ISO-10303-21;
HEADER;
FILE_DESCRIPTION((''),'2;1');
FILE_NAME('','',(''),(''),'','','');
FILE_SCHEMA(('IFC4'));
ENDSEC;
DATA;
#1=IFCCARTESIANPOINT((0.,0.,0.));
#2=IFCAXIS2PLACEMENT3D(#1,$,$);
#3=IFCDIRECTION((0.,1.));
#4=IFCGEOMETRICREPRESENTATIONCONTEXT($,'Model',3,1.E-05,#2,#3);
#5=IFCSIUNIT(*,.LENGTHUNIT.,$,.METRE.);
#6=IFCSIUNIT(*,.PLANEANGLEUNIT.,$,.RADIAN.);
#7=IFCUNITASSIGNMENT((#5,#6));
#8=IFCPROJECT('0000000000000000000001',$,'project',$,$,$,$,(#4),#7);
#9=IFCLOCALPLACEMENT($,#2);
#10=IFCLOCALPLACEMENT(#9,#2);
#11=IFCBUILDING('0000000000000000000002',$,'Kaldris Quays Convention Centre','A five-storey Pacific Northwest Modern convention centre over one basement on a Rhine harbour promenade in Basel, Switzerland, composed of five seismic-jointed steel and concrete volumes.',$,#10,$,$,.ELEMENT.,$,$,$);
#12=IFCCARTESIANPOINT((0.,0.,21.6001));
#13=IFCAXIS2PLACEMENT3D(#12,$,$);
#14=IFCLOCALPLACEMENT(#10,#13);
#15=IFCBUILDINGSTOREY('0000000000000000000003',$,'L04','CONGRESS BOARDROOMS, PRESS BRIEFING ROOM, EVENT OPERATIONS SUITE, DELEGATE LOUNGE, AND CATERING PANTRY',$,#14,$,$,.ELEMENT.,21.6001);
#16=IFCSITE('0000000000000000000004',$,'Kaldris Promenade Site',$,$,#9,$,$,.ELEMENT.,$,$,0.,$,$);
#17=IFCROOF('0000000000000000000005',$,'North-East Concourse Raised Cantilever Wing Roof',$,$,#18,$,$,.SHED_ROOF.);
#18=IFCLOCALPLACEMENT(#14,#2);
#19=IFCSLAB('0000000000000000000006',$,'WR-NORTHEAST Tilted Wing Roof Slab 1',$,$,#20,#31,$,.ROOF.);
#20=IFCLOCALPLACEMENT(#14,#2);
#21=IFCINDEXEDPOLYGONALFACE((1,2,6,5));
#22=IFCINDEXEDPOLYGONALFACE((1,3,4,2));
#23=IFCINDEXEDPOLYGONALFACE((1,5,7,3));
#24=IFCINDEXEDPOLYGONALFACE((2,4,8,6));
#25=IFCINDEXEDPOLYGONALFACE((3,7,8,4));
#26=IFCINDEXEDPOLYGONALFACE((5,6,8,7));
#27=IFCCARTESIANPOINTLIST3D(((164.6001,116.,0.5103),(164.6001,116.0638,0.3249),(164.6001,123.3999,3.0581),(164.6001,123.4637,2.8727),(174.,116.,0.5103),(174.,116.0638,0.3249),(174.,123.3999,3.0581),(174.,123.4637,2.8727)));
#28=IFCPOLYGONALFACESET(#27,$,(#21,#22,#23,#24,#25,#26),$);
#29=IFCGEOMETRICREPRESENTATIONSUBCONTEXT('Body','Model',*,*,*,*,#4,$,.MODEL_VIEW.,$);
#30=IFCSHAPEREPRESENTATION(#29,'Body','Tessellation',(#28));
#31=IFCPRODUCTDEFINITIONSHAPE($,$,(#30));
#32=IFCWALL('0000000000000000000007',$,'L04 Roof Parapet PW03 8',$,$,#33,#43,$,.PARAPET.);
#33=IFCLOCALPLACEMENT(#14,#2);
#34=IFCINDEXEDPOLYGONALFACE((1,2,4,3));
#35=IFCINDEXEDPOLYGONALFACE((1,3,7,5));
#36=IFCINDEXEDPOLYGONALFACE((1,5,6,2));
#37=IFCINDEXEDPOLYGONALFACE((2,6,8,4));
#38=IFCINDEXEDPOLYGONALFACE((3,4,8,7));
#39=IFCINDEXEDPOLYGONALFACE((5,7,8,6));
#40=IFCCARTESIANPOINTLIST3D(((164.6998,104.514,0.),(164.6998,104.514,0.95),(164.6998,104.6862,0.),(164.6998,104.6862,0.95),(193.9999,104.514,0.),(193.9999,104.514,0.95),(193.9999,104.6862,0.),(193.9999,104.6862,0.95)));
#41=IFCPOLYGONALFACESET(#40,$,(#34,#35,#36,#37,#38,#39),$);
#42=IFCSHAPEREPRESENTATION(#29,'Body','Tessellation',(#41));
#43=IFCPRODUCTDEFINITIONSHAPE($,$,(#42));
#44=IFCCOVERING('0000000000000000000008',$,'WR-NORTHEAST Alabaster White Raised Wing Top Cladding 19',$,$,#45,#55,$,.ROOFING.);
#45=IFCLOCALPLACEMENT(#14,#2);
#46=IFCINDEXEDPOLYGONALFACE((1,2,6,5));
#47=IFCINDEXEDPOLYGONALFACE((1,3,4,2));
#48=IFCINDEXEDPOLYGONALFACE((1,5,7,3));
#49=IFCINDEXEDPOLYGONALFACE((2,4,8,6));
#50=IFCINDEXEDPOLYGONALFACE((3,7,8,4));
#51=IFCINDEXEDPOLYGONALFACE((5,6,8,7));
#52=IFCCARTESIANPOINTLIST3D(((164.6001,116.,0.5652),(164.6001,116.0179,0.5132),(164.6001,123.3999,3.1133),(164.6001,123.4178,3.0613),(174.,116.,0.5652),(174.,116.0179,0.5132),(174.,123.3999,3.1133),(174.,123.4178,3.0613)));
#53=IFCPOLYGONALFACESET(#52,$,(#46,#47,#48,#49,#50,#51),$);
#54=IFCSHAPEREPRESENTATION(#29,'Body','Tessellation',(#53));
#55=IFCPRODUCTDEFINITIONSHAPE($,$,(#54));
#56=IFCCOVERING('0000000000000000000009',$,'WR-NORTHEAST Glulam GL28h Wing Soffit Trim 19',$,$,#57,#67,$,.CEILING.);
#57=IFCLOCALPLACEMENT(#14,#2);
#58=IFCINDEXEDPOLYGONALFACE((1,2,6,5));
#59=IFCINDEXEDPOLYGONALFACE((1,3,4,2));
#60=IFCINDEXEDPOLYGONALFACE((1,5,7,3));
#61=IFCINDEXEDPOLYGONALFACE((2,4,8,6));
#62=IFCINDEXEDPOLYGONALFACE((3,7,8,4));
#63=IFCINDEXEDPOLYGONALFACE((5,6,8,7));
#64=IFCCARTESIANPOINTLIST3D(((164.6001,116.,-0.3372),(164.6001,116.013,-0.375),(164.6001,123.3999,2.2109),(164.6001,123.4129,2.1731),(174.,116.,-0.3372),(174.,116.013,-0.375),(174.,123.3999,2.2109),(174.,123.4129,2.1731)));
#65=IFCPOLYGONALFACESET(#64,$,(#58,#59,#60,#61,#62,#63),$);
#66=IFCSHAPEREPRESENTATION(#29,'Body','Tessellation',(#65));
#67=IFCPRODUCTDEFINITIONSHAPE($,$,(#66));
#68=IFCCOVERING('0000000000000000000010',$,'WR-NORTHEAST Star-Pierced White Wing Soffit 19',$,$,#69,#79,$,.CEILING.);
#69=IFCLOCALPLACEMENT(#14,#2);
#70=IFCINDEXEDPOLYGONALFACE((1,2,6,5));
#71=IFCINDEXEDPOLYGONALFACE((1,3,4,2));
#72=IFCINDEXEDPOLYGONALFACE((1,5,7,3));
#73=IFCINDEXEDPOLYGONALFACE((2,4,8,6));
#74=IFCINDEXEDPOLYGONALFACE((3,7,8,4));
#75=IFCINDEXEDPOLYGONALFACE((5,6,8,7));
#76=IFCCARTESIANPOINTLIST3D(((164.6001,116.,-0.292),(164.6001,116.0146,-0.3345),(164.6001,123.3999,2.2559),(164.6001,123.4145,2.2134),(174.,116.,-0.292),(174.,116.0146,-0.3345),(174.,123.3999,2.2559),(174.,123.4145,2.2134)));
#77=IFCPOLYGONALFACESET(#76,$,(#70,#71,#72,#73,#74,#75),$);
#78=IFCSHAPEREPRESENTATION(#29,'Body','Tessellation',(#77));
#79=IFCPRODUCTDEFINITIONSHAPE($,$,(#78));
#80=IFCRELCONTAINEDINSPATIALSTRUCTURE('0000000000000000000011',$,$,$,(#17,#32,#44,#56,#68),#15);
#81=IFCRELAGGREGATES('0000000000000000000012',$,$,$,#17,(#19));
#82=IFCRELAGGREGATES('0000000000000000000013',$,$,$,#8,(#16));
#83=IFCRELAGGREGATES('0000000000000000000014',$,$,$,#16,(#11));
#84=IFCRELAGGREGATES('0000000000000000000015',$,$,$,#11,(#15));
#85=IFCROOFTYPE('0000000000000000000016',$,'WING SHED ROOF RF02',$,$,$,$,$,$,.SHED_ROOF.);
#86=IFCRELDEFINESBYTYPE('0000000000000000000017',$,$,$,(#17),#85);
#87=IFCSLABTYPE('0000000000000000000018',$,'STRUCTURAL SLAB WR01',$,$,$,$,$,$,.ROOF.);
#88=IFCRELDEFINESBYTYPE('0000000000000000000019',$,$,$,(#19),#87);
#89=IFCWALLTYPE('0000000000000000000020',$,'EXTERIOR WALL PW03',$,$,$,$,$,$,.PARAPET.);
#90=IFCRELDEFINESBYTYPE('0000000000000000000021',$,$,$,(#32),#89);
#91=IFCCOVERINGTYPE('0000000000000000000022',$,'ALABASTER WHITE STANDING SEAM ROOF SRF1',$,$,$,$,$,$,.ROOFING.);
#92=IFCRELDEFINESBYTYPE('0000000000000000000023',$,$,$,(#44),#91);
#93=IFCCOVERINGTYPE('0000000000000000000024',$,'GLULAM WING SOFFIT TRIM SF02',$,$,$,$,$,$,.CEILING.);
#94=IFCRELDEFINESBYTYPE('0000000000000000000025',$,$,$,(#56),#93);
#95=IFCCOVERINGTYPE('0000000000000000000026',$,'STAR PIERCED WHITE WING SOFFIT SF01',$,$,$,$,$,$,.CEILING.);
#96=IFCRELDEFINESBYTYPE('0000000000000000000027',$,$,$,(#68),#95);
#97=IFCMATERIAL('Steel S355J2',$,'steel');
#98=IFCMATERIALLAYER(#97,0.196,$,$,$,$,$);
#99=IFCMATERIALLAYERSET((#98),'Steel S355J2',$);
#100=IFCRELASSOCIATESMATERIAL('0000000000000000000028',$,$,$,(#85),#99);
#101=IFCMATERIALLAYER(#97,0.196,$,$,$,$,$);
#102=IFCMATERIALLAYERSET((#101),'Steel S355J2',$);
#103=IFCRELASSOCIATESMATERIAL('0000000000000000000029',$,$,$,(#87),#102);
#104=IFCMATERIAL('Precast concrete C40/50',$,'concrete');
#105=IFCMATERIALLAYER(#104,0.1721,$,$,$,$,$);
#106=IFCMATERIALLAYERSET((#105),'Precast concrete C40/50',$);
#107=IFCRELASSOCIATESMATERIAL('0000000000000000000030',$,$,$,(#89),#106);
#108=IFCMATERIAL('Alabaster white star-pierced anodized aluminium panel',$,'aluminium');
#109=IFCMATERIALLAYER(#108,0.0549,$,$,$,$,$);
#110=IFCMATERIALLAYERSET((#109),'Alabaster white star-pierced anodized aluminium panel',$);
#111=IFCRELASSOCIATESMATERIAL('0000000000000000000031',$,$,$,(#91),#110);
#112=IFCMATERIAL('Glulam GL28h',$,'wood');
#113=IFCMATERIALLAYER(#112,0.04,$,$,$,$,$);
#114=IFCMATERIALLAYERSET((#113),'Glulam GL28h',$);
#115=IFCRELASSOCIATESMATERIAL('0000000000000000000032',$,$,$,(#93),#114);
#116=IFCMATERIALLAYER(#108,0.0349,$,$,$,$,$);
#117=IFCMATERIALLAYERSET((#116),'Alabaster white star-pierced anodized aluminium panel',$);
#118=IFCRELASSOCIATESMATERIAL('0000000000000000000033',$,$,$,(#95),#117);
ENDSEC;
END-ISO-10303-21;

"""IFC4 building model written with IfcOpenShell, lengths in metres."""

from ifc_helpers import new_model, si_unit, direction, frame, frame_2d, origin, place, context, subcontext, project, spatial, polyline, rectangle, outline, extrude, material, layer, layer_set, type_object, element, aggregate, save


model = new_model("IFC4")

# Units and contexts
model_context = context("Model", 3, precision=1e-05, world=origin(), true_north=direction((0.0, 1.0)))
body_context = subcontext(model_context, "Body", "Model", "MODEL_VIEW")
ifc_project = project(units=[si_unit("LENGTHUNIT", "METRE"), si_unit("PLANEANGLEUNIT", "RADIAN")], contexts=[model_context])

# Site, building, storey
site_placement = place(None, origin())
site = spatial("IfcSite", under=ifc_project, at=site_placement, Name="Kaldris Promenade Site", CompositionType="ELEMENT", RefElevation=0.0)
building_placement = place(site_placement, origin())
building = spatial("IfcBuilding", under=site, at=building_placement, Name="Kaldris Quays Convention Centre", Description="A five-storey Pacific Northwest Modern convention centre over one basement on a Rhine harbour promenade in Basel, Switzerland, composed of five seismic-jointed steel and concrete volumes.", CompositionType="ELEMENT")
storey_placement = place(building_placement, frame((0.0, 0.0, 21.6001)))
storey = spatial("IfcBuildingStorey", under=building, at=storey_placement, Name="L04", Description="CONGRESS BOARDROOMS, PRESS BRIEFING ROOM, EVENT OPERATIONS SUITE, DELEGATE LOUNGE, AND CATERING PANTRY", CompositionType="ELEMENT", Elevation=21.6001)

# Shared definitions
ifc_material_1 = material(Name="Steel S355J2", Category="steel")

# Shared definitions
ifc_material_2 = material(Name="Glulam GL28h", Category="wood")

# Roof, slab
ifc_layer_1 = layer(ifc_material_1, 0.196)
ifc_layer_set_1 = layer_set([ifc_layer_1], Name="Steel S355J2")
roof_type = type_object("IfcRoofType", Name="WING SHED ROOF RF02", PredefinedType="SHED_ROOF", material=ifc_layer_set_1)
roof_placement = place(storey_placement, origin())
roof = element("IfcRoof", 1, at=roof_placement, inside=storey, type_object=roof_type, Name="North-East Concourse Raised Cantilever Wing Roof", PredefinedType="SHED_ROOF")
ifc_layer_2 = layer(ifc_material_1, 0.196)
ifc_layer_set_2 = layer_set([ifc_layer_2], Name="Steel S355J2")
slab_type = type_object("IfcSlabType", Name="STRUCTURAL SLAB WR01", PredefinedType="ROOF", material=ifc_layer_set_2)
slab_placement = place(storey_placement, frame((164.6001, 116.0, 0.5103), z_axis=(0.0, -0.325552, 0.945524), x_axis=(1.0, 0.0, 0.0)))
slab = element("IfcSlab", 2, at=slab_placement, type_object=slab_type, Name="WR-NORTHEAST Tilted Wing Roof Slab 1", PredefinedType="ROOF", context=body_context, shape_type="SweptSolid", body=[
    extrude(outline(polyline([(0.0, 0.0), (9.3999, 0.0), (9.3999, 7.8262), (0.0, 7.8262), (0.0, 0.0)])), origin(), (0.0, 0.0, -1.0), 0.196),
])
aggregate(roof, [slab])

# Wall
ifc_material_3 = material(Name="Precast concrete C40/50", Category="concrete")
ifc_layer_3 = layer(ifc_material_3, 0.1721)
ifc_layer_set_3 = layer_set([ifc_layer_3], Name="Precast concrete C40/50")
wall_type = type_object("IfcWallType", Name="EXTERIOR WALL PW03", PredefinedType="PARAPET", material=ifc_layer_set_3)
wall_placement = place(storey_placement, frame((164.7, 104.6001, 0.0), z_axis=(0.0, 0.0, 1.0), x_axis=(1.0, 0.0, 0.0)))
element("IfcWall", 3, at=wall_placement, inside=storey, type_object=wall_type, Name="L04 Roof Parapet PW03 8", PredefinedType="PARAPET", context=body_context, shape_type="SweptSolid", body=[
    extrude(rectangle(XDim=29.3, YDim=0.1721, at=frame_2d((14.6499, 0.0))), origin(), (0.0, 0.0, 1.0), 0.95),
])

# Coverings
ifc_material_4 = material(Name="Alabaster white star-pierced anodized aluminium panel", Category="aluminium")
ifc_layer_4 = layer(ifc_material_4, 0.0549)
ifc_layer_set_4 = layer_set([ifc_layer_4], Name="Alabaster white star-pierced anodized aluminium panel")
covering_type_1 = type_object("IfcCoveringType", Name="ALABASTER WHITE STANDING SEAM ROOF SRF1", PredefinedType="ROOFING", material=ifc_layer_set_4)
covering_1_placement = place(storey_placement, frame((164.6001, 116.0, 0.5652), z_axis=(0.0, -0.32558, 0.945514), x_axis=(1.0, 0.0, 0.0)))
element("IfcCovering", 4, at=covering_1_placement, inside=storey, type_object=covering_type_1, Name="WR-NORTHEAST Alabaster White Raised Wing Top Cladding 19", PredefinedType="ROOFING", context=body_context, shape_type="SweptSolid", body=[
    extrude(outline(polyline([(0.0, 0.0), (9.3999, 0.0), (9.3999, 7.8263), (0.0, 7.8263), (0.0, 0.0)])), origin(), (0.0, 0.0, -1.0), 0.0549),
])
ifc_layer_5 = layer(ifc_material_2, 0.04)
ifc_layer_set_5 = layer_set([ifc_layer_5], Name="Glulam GL28h")
covering_type_2 = type_object("IfcCoveringType", Name="GLULAM WING SOFFIT TRIM SF02", PredefinedType="CEILING", material=ifc_layer_set_5)
covering_2_placement = place(storey_placement, frame((164.6001, 116.0, -0.3372), z_axis=(0.0, -0.32558, 0.945514), x_axis=(1.0, 0.0, 0.0)))
element("IfcCovering", 5, at=covering_2_placement, inside=storey, type_object=covering_type_2, Name="WR-NORTHEAST Glulam GL28h Wing Soffit Trim 19", PredefinedType="CEILING", context=body_context, shape_type="SweptSolid", body=[
    extrude(outline(polyline([(0.0, 0.0), (9.3999, 0.0), (9.3999, 7.8263), (0.0, 7.8263), (0.0, 0.0)])), origin(), (0.0, 0.0, -1.0), 0.04),
])
ifc_layer_6 = layer(ifc_material_4, 0.0349)
ifc_layer_set_6 = layer_set([ifc_layer_6], Name="Alabaster white star-pierced anodized aluminium panel")
covering_type_3 = type_object("IfcCoveringType", Name="STAR PIERCED WHITE WING SOFFIT SF01", PredefinedType="CEILING", material=ifc_layer_set_6)
covering_3_placement = place(storey_placement, frame((164.6001, 116.0, -0.292), z_axis=(0.0, -0.325552, 0.945524), x_axis=(1.0, 0.0, 0.0)))
element("IfcCovering", 6, at=covering_3_placement, inside=storey, type_object=covering_type_3, Name="WR-NORTHEAST Star-Pierced White Wing Soffit 19", PredefinedType="CEILING", context=body_context, shape_type="SweptSolid", body=[
    extrude(outline(polyline([(0.0, 0.0), (9.3999, 0.0), (9.3999, 7.8262), (0.0, 7.8262), (0.0, 0.0)])), origin(), (0.0, 0.0, -1.0), 0.0449),
])

save(model, "model.ifc")
